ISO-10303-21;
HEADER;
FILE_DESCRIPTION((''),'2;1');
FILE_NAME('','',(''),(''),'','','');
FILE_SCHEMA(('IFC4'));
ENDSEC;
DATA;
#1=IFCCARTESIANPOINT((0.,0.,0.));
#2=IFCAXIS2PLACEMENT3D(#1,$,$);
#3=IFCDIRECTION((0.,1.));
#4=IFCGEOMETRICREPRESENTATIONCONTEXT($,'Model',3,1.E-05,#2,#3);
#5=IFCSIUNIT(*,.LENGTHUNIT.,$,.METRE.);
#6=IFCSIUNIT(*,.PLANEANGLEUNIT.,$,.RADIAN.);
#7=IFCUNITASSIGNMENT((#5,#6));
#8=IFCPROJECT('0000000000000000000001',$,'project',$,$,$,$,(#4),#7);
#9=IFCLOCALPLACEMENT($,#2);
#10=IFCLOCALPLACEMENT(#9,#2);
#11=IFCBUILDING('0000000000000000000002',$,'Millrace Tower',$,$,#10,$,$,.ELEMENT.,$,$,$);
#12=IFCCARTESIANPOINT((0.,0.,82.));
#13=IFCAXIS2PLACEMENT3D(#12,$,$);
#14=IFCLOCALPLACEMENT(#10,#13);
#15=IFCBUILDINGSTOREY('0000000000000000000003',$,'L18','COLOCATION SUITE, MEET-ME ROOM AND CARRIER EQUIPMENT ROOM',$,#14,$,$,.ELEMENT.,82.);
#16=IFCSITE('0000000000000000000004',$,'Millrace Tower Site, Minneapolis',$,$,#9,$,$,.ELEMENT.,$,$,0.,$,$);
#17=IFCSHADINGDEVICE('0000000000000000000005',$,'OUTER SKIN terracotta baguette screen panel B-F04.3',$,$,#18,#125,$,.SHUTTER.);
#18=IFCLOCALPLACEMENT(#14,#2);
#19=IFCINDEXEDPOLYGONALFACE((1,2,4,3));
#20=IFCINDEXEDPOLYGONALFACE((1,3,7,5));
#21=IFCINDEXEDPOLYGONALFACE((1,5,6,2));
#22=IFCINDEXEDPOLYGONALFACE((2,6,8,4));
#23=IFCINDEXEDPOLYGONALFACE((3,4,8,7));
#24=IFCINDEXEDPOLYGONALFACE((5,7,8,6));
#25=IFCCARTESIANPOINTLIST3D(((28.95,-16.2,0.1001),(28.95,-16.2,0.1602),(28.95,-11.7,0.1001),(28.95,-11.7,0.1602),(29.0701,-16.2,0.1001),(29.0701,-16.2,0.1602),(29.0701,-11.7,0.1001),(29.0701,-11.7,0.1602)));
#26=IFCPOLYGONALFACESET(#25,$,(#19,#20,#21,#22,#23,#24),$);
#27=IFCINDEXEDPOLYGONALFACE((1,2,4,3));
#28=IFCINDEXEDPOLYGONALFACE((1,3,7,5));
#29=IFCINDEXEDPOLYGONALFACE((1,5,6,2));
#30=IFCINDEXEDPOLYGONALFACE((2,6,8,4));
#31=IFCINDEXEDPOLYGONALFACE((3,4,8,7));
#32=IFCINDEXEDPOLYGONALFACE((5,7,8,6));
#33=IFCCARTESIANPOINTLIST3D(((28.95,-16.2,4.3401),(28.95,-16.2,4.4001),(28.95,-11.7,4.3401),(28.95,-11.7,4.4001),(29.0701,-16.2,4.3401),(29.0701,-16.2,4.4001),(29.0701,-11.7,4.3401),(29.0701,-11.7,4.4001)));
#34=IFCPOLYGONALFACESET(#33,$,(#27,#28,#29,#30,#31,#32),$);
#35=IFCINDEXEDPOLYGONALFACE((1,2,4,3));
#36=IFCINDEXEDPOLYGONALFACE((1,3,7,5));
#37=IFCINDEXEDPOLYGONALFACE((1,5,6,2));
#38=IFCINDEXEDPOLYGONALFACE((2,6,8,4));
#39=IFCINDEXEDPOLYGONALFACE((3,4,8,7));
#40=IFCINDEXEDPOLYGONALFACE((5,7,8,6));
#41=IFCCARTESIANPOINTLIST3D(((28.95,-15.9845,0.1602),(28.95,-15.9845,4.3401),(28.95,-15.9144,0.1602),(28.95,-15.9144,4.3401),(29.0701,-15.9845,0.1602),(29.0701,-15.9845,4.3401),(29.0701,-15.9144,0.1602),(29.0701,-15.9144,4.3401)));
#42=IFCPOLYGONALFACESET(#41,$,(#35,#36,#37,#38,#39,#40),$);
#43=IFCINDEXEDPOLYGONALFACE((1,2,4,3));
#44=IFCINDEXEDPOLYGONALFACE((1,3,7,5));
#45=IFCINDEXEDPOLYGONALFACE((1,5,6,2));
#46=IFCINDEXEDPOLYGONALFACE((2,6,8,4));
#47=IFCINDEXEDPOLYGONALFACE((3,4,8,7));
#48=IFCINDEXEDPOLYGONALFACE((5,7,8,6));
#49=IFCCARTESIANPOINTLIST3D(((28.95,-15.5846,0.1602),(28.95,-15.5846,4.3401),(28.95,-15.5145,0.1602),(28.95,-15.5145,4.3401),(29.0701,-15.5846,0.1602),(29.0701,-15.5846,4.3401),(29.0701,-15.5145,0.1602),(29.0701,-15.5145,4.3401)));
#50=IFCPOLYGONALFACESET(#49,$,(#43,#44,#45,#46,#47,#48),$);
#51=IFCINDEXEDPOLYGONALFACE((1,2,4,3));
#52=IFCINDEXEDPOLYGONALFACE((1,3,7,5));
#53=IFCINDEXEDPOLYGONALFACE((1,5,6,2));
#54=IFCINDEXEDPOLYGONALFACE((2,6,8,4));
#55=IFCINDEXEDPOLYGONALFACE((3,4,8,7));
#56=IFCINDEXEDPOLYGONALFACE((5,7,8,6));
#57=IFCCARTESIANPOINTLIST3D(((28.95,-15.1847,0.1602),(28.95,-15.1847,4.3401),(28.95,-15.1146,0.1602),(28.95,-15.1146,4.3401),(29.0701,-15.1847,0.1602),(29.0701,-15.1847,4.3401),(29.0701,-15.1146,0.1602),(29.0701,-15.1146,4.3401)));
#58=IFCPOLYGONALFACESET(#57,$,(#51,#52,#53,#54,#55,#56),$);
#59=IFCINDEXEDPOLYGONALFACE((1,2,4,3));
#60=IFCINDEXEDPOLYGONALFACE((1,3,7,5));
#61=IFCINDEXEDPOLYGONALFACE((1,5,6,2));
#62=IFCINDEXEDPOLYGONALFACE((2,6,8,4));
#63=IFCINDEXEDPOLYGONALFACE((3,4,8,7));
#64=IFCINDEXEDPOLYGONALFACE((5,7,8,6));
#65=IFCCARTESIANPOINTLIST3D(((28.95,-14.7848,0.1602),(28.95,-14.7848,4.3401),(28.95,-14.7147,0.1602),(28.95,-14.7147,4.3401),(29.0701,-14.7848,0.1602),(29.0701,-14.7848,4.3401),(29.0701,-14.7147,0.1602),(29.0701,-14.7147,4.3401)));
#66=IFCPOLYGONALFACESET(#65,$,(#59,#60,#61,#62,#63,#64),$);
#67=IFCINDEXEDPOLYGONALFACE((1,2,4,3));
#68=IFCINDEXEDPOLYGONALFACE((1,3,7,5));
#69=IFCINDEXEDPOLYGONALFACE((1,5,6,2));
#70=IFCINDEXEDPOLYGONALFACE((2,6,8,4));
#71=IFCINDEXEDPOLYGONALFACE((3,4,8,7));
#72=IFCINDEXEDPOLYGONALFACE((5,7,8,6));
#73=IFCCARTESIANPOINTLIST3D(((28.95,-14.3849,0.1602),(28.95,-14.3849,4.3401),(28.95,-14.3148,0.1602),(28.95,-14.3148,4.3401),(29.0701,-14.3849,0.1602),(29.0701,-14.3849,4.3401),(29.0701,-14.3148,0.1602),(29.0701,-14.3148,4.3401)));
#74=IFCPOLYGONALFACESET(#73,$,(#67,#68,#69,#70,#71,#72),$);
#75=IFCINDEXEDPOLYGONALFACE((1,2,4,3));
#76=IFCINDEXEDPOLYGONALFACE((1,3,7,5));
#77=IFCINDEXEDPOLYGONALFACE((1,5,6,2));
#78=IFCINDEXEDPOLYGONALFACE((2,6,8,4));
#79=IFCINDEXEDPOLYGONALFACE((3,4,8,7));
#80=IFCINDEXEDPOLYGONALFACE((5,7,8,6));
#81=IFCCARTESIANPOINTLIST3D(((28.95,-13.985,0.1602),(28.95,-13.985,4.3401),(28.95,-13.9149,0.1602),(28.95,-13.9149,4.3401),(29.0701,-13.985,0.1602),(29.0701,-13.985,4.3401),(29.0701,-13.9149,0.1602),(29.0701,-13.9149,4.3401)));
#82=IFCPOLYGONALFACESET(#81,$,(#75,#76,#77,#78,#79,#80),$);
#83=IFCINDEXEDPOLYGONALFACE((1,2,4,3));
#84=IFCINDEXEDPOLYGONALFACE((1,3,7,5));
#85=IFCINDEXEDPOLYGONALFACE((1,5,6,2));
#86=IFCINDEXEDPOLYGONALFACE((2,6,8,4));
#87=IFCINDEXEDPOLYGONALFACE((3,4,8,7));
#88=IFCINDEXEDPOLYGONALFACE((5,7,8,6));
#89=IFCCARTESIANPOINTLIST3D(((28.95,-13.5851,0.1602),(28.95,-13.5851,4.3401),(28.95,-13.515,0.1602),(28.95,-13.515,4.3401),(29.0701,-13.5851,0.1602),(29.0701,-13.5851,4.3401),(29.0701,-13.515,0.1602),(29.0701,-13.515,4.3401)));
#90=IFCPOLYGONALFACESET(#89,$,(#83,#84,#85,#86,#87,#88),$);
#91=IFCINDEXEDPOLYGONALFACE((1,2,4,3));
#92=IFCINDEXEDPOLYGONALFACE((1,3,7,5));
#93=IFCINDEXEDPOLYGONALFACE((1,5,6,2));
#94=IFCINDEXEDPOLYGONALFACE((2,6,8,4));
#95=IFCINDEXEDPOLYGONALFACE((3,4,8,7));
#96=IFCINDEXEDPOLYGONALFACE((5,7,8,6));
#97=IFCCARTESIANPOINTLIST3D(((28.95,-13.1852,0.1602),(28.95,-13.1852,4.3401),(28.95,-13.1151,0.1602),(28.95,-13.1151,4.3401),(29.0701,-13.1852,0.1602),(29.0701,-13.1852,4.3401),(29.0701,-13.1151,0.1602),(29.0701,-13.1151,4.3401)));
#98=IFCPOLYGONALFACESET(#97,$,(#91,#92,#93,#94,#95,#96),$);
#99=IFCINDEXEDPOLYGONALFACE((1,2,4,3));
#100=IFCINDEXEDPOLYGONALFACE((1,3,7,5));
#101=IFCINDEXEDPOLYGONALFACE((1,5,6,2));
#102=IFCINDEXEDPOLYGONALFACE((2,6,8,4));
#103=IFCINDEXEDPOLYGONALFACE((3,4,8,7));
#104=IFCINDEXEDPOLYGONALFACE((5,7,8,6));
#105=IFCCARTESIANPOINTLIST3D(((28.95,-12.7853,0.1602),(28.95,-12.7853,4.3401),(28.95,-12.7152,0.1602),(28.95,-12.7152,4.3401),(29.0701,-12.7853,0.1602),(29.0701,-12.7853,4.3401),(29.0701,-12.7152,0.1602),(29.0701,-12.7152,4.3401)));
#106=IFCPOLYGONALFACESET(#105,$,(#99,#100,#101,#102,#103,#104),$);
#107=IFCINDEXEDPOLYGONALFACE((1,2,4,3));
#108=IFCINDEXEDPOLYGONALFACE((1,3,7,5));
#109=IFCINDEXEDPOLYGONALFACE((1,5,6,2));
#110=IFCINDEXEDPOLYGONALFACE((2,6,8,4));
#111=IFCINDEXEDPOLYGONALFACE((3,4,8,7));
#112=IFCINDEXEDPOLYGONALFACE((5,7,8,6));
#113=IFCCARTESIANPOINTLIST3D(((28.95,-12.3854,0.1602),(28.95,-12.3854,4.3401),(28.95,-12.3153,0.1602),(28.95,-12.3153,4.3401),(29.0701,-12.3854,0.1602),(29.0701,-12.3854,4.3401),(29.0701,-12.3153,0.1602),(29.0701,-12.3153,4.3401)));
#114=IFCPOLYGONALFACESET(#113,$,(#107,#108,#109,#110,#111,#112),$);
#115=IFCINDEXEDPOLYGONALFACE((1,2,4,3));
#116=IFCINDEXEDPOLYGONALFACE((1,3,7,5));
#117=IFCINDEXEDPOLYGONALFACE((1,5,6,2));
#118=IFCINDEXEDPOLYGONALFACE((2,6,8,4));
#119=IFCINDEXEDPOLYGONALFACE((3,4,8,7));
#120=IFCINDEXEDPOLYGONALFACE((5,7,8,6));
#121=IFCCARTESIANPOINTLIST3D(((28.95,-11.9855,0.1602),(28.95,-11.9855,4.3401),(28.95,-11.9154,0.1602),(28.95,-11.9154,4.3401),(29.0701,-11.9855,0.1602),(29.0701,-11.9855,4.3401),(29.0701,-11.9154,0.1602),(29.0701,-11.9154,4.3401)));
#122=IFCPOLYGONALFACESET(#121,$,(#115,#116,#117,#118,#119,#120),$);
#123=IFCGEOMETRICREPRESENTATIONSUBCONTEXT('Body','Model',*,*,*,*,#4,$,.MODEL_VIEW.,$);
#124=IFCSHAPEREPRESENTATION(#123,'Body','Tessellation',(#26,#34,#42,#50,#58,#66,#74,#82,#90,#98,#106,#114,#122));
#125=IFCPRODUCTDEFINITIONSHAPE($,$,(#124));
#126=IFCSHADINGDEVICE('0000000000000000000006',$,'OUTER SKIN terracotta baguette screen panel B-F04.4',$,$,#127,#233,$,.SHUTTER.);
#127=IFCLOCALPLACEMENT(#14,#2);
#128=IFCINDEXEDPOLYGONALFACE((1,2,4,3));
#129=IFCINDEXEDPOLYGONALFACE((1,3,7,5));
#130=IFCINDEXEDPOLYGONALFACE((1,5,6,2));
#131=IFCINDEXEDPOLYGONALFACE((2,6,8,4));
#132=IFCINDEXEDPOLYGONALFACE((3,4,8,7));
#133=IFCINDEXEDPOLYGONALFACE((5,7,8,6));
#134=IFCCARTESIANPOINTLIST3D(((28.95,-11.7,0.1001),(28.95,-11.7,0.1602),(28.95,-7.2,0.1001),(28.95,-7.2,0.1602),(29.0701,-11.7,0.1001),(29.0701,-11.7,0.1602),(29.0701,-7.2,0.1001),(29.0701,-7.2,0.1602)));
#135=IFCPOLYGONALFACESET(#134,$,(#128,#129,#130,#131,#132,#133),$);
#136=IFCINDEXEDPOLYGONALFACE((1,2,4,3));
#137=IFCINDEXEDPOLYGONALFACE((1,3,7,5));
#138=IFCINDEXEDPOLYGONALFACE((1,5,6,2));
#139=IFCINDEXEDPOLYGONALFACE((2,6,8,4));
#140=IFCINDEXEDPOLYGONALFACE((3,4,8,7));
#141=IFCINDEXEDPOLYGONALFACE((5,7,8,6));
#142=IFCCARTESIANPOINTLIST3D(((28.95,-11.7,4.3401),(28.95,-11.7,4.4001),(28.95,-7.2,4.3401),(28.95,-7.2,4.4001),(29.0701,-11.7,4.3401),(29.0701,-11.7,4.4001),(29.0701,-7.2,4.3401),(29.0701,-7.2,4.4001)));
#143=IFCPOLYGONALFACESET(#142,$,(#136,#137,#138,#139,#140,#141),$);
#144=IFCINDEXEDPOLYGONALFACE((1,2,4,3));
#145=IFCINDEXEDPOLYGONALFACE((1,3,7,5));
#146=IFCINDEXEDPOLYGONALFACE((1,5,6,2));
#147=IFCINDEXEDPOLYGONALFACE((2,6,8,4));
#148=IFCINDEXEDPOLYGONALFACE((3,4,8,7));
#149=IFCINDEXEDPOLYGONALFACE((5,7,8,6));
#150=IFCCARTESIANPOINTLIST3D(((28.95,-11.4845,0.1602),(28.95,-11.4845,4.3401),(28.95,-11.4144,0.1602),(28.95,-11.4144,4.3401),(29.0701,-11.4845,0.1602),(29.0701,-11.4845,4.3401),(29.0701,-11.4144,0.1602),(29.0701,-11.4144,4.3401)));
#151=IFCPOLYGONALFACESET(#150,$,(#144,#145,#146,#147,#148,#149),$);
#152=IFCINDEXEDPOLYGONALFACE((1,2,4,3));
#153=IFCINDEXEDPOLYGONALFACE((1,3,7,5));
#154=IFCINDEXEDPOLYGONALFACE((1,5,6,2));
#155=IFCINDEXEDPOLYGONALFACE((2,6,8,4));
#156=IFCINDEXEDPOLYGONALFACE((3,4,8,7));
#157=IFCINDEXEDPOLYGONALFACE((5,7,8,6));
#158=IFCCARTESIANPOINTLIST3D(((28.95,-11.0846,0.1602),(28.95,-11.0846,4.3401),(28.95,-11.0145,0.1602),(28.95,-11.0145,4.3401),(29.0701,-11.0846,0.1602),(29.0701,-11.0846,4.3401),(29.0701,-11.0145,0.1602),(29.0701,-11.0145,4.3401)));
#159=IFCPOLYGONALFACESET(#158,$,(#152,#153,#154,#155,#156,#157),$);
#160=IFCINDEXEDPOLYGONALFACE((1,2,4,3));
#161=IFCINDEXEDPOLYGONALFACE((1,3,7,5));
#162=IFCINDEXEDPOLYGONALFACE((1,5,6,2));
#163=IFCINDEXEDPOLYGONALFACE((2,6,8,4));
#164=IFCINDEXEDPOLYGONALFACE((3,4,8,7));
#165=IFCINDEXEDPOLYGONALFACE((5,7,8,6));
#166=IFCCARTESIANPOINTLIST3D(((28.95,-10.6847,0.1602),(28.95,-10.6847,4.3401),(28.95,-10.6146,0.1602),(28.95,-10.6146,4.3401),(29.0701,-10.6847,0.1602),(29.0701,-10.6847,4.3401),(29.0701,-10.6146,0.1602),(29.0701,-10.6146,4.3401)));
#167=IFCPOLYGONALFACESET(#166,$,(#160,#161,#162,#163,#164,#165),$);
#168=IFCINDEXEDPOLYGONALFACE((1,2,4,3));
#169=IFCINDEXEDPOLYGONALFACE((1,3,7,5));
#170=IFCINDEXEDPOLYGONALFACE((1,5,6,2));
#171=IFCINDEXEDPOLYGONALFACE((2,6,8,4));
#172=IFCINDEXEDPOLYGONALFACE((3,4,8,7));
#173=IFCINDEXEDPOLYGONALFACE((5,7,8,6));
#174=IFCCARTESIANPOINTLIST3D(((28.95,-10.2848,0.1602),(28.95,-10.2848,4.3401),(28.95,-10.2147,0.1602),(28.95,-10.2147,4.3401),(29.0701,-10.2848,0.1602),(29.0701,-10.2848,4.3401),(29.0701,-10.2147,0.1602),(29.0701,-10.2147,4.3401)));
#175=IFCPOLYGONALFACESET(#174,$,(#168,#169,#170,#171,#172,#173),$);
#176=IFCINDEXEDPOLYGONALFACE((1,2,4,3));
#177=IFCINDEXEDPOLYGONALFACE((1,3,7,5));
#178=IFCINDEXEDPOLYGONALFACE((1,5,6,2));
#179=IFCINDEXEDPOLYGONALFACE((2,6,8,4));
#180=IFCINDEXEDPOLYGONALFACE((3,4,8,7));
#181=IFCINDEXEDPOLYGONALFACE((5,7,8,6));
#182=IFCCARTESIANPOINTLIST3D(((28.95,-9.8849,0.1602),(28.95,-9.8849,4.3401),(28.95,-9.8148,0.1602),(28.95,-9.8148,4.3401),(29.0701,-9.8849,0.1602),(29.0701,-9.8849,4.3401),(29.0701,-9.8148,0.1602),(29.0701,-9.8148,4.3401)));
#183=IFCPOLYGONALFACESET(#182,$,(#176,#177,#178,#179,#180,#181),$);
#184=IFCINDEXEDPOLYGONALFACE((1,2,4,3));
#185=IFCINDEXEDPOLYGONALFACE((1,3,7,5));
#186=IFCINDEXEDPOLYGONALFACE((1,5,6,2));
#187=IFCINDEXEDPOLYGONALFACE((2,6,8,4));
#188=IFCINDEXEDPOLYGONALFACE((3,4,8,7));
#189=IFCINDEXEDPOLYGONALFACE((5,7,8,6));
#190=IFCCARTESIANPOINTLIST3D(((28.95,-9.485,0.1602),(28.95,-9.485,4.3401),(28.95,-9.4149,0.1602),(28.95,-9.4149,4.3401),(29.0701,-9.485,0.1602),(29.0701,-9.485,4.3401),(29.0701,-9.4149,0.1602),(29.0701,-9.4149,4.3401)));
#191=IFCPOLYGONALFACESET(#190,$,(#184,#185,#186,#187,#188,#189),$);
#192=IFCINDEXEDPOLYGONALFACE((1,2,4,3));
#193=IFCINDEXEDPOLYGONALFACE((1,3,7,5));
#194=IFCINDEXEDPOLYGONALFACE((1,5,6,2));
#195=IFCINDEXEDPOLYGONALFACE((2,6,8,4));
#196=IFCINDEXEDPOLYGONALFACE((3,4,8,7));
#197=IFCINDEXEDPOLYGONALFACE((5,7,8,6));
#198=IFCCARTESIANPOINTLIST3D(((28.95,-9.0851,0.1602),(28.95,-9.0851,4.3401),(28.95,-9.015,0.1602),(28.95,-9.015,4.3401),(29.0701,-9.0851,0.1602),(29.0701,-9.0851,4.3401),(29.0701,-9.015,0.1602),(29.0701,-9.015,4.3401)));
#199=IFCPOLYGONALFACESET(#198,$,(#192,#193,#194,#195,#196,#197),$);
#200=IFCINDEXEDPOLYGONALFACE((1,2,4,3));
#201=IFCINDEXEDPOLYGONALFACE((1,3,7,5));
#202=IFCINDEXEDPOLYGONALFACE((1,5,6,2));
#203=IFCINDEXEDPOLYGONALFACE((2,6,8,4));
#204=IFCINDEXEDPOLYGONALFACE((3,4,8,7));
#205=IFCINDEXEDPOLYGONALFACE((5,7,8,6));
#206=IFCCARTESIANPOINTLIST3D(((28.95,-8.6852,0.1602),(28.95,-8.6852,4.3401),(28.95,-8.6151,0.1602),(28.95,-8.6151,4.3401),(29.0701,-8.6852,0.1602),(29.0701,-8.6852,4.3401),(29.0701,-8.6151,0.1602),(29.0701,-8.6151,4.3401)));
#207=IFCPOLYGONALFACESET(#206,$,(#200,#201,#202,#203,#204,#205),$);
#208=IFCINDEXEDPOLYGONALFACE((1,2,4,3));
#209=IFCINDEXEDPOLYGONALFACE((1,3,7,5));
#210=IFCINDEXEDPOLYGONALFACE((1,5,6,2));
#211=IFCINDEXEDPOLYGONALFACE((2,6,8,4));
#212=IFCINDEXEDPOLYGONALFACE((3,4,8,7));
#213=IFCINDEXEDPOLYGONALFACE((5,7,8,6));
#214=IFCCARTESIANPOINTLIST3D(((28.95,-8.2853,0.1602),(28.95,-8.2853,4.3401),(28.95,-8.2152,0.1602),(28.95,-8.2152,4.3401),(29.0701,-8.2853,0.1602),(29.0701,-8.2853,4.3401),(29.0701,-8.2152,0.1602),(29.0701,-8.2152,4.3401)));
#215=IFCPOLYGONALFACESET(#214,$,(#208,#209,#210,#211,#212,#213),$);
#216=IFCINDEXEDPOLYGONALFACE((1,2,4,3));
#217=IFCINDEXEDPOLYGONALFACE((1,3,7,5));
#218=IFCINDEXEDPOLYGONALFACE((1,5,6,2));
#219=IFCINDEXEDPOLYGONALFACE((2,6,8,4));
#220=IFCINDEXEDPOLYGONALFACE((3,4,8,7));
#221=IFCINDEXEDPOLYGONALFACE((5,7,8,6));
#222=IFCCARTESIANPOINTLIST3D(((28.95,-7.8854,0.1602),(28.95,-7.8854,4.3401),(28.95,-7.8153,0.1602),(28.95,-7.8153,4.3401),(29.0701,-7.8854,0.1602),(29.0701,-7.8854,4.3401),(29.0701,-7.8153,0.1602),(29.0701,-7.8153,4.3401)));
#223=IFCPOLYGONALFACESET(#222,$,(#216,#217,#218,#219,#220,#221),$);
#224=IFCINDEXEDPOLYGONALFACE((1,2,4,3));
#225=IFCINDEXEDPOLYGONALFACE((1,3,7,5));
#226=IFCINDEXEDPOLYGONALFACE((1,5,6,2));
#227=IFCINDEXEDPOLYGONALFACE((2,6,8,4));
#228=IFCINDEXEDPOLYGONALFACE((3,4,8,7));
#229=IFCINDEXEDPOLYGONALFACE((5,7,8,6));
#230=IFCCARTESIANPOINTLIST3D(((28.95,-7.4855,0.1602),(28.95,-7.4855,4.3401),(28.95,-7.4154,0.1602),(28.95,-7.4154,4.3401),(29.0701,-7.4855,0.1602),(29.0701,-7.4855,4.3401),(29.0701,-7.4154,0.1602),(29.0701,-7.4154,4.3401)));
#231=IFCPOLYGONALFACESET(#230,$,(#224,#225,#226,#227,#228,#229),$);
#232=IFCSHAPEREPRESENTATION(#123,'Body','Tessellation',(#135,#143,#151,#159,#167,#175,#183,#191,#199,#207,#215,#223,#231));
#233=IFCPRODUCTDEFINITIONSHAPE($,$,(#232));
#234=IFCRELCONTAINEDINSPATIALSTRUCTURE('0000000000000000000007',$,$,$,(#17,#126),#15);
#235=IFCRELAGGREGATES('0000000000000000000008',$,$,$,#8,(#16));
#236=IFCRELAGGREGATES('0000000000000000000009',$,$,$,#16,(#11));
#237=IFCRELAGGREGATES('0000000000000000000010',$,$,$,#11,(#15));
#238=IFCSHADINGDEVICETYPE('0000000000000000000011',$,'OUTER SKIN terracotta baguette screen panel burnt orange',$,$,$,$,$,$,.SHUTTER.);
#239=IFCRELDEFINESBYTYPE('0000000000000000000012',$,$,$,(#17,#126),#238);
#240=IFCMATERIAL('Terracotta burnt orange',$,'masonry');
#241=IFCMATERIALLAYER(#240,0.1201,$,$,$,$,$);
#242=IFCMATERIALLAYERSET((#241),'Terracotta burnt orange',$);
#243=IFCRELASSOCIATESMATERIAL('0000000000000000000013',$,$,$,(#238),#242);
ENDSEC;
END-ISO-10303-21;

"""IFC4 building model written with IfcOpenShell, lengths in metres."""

from ifc_helpers import new_model, entity, si_unit, direction, frame, frame_2d, origin, origin_2d, place, context, subcontext, project, spatial, rectangle, extrude, source, transform, mapped, material, layer, layer_set, type_object, element, save


model = new_model("IFC4")

# Units and contexts
model_context = context("Model", 3, precision=1e-05, world=origin(), true_north=direction((0.0, 1.0)))
body_context = subcontext(model_context, "Body", "Model", "MODEL_VIEW")
ifc_project = project(units=[si_unit("LENGTHUNIT", "METRE"), si_unit("PLANEANGLEUNIT", "RADIAN")], contexts=[model_context])

# Site, building, storey
site_placement = place(None, origin())
site = spatial("IfcSite", under=ifc_project, at=site_placement, Name="Millrace Tower Site, Minneapolis", CompositionType="ELEMENT", RefElevation=0.0)
building_placement = place(site_placement, origin())
building = spatial("IfcBuilding", under=site, at=building_placement, Name="Millrace Tower", CompositionType="ELEMENT")
storey_placement = place(building_placement, frame((0.0, 0.0, 82.0)))
storey = spatial("IfcBuildingStorey", under=building, at=storey_placement, Name="L18", Description="COLOCATION SUITE, MEET-ME ROOM AND CARRIER EQUIPMENT ROOM", CompositionType="ELEMENT", Elevation=82.0)

# Shading devices
ifc_material_1 = material(Name="Terracotta burnt orange", Category="masonry")
ifc_layer_1 = layer(ifc_material_1, 0.1201)
ifc_layer_set_1 = layer_set([ifc_layer_1], Name="Terracotta burnt orange")
shading_device_type = type_object("IfcShadingDeviceType", Name="OUTER SKIN terracotta baguette screen panel burnt orange", PredefinedType="SHUTTER", material=ifc_layer_set_1)
cartesian_point = entity("IfcCartesianPoint", [-2.25, 0.0601])
shared_polyline = entity("IfcPolyline", [cartesian_point, entity("IfcCartesianPoint", [2.25, 0.0601]), entity("IfcCartesianPoint", [2.25, -0.0601]), entity("IfcCartesianPoint", [-2.25, -0.0601]), cartesian_point])
shared_shape = source(origin(), body_context, "Body", "SweptSolid", [
    entity("IfcExtrudedAreaSolid", entity("IfcArbitraryClosedProfileDef", "AREA", None, shared_polyline), entity("IfcAxis2Placement3D", entity("IfcCartesianPoint", [0.0, 0.0, 0.0])), entity("IfcDirection", [0.0, 0.0, 1.0]), 0.0601),
    entity("IfcExtrudedAreaSolid", entity("IfcArbitraryClosedProfileDef", "AREA", None, shared_polyline), entity("IfcAxis2Placement3D", entity("IfcCartesianPoint", [0.0, 0.0, 4.24])), entity("IfcDirection", [0.0, 0.0, 1.0]), 0.0601),
    extrude(rectangle(XDim=0.0701, YDim=0.1201, at=frame_2d((-1.9995, 0.0))), frame((0.0, 0.0, 0.0601)), (0.0, 0.0, 1.0), 4.1799),
    extrude(rectangle(XDim=0.0701, YDim=0.1201, at=frame_2d((-1.5996, 0.0))), frame((0.0, 0.0, 0.0601)), (0.0, 0.0, 1.0), 4.1799),
    extrude(rectangle(XDim=0.0701, YDim=0.1201, at=frame_2d((-1.1997, 0.0))), frame((0.0, 0.0, 0.0601)), (0.0, 0.0, 1.0), 4.1799),
    extrude(rectangle(XDim=0.0701, YDim=0.1201, at=frame_2d((-0.7998, 0.0))), frame((0.0, 0.0, 0.0601)), (0.0, 0.0, 1.0), 4.1799),
    extrude(rectangle(XDim=0.0701, YDim=0.1201, at=frame_2d((-0.3999, 0.0))), frame((0.0, 0.0, 0.0601)), (0.0, 0.0, 1.0), 4.1799),
    extrude(rectangle(XDim=0.0701, YDim=0.1201, at=origin_2d()), frame((0.0, 0.0, 0.0601)), (0.0, 0.0, 1.0), 4.1799),
    extrude(rectangle(XDim=0.0701, YDim=0.1201, at=frame_2d((0.3999, 0.0))), frame((0.0, 0.0, 0.0601)), (0.0, 0.0, 1.0), 4.1799),
    extrude(rectangle(XDim=0.0701, YDim=0.1201, at=frame_2d((0.7998, 0.0))), frame((0.0, 0.0, 0.0601)), (0.0, 0.0, 1.0), 4.1799),
    extrude(rectangle(XDim=0.0701, YDim=0.1201, at=frame_2d((1.1997, 0.0))), frame((0.0, 0.0, 0.0601)), (0.0, 0.0, 1.0), 4.1799),
    extrude(rectangle(XDim=0.0701, YDim=0.1201, at=frame_2d((1.5996, 0.0))), frame((0.0, 0.0, 0.0601)), (0.0, 0.0, 1.0), 4.1799),
    extrude(rectangle(XDim=0.0701, YDim=0.1201, at=frame_2d((1.9995, 0.0))), frame((0.0, 0.0, 0.0601)), (0.0, 0.0, 1.0), 4.1799),
])
for number, where, z_axis, x_axis, name in (
    (1, (29.01, -13.95, 0.1001), (0.0, 0.0, 1.0), (0.0, 1.0, 0.0), "OUTER SKIN terracotta baguette screen panel B-F04.3"),
    (2, (29.01, -9.45, 0.1001), (0.0, 0.0, 1.0), (0.0, 1.0, 0.0), "OUTER SKIN terracotta baguette screen panel B-F04.4"),
):
    element("IfcShadingDevice", number, at=place(storey_placement, frame(where, z_axis=z_axis, x_axis=x_axis)), inside=storey, type_object=shading_device_type, Name=name, PredefinedType="SHUTTER", context=body_context, shape_type="MappedRepresentation", body=[
        mapped(shared_shape, transform((0.0, 0.0, 0.0), scale=1.0)),
    ])

save(model, "model.ifc")
